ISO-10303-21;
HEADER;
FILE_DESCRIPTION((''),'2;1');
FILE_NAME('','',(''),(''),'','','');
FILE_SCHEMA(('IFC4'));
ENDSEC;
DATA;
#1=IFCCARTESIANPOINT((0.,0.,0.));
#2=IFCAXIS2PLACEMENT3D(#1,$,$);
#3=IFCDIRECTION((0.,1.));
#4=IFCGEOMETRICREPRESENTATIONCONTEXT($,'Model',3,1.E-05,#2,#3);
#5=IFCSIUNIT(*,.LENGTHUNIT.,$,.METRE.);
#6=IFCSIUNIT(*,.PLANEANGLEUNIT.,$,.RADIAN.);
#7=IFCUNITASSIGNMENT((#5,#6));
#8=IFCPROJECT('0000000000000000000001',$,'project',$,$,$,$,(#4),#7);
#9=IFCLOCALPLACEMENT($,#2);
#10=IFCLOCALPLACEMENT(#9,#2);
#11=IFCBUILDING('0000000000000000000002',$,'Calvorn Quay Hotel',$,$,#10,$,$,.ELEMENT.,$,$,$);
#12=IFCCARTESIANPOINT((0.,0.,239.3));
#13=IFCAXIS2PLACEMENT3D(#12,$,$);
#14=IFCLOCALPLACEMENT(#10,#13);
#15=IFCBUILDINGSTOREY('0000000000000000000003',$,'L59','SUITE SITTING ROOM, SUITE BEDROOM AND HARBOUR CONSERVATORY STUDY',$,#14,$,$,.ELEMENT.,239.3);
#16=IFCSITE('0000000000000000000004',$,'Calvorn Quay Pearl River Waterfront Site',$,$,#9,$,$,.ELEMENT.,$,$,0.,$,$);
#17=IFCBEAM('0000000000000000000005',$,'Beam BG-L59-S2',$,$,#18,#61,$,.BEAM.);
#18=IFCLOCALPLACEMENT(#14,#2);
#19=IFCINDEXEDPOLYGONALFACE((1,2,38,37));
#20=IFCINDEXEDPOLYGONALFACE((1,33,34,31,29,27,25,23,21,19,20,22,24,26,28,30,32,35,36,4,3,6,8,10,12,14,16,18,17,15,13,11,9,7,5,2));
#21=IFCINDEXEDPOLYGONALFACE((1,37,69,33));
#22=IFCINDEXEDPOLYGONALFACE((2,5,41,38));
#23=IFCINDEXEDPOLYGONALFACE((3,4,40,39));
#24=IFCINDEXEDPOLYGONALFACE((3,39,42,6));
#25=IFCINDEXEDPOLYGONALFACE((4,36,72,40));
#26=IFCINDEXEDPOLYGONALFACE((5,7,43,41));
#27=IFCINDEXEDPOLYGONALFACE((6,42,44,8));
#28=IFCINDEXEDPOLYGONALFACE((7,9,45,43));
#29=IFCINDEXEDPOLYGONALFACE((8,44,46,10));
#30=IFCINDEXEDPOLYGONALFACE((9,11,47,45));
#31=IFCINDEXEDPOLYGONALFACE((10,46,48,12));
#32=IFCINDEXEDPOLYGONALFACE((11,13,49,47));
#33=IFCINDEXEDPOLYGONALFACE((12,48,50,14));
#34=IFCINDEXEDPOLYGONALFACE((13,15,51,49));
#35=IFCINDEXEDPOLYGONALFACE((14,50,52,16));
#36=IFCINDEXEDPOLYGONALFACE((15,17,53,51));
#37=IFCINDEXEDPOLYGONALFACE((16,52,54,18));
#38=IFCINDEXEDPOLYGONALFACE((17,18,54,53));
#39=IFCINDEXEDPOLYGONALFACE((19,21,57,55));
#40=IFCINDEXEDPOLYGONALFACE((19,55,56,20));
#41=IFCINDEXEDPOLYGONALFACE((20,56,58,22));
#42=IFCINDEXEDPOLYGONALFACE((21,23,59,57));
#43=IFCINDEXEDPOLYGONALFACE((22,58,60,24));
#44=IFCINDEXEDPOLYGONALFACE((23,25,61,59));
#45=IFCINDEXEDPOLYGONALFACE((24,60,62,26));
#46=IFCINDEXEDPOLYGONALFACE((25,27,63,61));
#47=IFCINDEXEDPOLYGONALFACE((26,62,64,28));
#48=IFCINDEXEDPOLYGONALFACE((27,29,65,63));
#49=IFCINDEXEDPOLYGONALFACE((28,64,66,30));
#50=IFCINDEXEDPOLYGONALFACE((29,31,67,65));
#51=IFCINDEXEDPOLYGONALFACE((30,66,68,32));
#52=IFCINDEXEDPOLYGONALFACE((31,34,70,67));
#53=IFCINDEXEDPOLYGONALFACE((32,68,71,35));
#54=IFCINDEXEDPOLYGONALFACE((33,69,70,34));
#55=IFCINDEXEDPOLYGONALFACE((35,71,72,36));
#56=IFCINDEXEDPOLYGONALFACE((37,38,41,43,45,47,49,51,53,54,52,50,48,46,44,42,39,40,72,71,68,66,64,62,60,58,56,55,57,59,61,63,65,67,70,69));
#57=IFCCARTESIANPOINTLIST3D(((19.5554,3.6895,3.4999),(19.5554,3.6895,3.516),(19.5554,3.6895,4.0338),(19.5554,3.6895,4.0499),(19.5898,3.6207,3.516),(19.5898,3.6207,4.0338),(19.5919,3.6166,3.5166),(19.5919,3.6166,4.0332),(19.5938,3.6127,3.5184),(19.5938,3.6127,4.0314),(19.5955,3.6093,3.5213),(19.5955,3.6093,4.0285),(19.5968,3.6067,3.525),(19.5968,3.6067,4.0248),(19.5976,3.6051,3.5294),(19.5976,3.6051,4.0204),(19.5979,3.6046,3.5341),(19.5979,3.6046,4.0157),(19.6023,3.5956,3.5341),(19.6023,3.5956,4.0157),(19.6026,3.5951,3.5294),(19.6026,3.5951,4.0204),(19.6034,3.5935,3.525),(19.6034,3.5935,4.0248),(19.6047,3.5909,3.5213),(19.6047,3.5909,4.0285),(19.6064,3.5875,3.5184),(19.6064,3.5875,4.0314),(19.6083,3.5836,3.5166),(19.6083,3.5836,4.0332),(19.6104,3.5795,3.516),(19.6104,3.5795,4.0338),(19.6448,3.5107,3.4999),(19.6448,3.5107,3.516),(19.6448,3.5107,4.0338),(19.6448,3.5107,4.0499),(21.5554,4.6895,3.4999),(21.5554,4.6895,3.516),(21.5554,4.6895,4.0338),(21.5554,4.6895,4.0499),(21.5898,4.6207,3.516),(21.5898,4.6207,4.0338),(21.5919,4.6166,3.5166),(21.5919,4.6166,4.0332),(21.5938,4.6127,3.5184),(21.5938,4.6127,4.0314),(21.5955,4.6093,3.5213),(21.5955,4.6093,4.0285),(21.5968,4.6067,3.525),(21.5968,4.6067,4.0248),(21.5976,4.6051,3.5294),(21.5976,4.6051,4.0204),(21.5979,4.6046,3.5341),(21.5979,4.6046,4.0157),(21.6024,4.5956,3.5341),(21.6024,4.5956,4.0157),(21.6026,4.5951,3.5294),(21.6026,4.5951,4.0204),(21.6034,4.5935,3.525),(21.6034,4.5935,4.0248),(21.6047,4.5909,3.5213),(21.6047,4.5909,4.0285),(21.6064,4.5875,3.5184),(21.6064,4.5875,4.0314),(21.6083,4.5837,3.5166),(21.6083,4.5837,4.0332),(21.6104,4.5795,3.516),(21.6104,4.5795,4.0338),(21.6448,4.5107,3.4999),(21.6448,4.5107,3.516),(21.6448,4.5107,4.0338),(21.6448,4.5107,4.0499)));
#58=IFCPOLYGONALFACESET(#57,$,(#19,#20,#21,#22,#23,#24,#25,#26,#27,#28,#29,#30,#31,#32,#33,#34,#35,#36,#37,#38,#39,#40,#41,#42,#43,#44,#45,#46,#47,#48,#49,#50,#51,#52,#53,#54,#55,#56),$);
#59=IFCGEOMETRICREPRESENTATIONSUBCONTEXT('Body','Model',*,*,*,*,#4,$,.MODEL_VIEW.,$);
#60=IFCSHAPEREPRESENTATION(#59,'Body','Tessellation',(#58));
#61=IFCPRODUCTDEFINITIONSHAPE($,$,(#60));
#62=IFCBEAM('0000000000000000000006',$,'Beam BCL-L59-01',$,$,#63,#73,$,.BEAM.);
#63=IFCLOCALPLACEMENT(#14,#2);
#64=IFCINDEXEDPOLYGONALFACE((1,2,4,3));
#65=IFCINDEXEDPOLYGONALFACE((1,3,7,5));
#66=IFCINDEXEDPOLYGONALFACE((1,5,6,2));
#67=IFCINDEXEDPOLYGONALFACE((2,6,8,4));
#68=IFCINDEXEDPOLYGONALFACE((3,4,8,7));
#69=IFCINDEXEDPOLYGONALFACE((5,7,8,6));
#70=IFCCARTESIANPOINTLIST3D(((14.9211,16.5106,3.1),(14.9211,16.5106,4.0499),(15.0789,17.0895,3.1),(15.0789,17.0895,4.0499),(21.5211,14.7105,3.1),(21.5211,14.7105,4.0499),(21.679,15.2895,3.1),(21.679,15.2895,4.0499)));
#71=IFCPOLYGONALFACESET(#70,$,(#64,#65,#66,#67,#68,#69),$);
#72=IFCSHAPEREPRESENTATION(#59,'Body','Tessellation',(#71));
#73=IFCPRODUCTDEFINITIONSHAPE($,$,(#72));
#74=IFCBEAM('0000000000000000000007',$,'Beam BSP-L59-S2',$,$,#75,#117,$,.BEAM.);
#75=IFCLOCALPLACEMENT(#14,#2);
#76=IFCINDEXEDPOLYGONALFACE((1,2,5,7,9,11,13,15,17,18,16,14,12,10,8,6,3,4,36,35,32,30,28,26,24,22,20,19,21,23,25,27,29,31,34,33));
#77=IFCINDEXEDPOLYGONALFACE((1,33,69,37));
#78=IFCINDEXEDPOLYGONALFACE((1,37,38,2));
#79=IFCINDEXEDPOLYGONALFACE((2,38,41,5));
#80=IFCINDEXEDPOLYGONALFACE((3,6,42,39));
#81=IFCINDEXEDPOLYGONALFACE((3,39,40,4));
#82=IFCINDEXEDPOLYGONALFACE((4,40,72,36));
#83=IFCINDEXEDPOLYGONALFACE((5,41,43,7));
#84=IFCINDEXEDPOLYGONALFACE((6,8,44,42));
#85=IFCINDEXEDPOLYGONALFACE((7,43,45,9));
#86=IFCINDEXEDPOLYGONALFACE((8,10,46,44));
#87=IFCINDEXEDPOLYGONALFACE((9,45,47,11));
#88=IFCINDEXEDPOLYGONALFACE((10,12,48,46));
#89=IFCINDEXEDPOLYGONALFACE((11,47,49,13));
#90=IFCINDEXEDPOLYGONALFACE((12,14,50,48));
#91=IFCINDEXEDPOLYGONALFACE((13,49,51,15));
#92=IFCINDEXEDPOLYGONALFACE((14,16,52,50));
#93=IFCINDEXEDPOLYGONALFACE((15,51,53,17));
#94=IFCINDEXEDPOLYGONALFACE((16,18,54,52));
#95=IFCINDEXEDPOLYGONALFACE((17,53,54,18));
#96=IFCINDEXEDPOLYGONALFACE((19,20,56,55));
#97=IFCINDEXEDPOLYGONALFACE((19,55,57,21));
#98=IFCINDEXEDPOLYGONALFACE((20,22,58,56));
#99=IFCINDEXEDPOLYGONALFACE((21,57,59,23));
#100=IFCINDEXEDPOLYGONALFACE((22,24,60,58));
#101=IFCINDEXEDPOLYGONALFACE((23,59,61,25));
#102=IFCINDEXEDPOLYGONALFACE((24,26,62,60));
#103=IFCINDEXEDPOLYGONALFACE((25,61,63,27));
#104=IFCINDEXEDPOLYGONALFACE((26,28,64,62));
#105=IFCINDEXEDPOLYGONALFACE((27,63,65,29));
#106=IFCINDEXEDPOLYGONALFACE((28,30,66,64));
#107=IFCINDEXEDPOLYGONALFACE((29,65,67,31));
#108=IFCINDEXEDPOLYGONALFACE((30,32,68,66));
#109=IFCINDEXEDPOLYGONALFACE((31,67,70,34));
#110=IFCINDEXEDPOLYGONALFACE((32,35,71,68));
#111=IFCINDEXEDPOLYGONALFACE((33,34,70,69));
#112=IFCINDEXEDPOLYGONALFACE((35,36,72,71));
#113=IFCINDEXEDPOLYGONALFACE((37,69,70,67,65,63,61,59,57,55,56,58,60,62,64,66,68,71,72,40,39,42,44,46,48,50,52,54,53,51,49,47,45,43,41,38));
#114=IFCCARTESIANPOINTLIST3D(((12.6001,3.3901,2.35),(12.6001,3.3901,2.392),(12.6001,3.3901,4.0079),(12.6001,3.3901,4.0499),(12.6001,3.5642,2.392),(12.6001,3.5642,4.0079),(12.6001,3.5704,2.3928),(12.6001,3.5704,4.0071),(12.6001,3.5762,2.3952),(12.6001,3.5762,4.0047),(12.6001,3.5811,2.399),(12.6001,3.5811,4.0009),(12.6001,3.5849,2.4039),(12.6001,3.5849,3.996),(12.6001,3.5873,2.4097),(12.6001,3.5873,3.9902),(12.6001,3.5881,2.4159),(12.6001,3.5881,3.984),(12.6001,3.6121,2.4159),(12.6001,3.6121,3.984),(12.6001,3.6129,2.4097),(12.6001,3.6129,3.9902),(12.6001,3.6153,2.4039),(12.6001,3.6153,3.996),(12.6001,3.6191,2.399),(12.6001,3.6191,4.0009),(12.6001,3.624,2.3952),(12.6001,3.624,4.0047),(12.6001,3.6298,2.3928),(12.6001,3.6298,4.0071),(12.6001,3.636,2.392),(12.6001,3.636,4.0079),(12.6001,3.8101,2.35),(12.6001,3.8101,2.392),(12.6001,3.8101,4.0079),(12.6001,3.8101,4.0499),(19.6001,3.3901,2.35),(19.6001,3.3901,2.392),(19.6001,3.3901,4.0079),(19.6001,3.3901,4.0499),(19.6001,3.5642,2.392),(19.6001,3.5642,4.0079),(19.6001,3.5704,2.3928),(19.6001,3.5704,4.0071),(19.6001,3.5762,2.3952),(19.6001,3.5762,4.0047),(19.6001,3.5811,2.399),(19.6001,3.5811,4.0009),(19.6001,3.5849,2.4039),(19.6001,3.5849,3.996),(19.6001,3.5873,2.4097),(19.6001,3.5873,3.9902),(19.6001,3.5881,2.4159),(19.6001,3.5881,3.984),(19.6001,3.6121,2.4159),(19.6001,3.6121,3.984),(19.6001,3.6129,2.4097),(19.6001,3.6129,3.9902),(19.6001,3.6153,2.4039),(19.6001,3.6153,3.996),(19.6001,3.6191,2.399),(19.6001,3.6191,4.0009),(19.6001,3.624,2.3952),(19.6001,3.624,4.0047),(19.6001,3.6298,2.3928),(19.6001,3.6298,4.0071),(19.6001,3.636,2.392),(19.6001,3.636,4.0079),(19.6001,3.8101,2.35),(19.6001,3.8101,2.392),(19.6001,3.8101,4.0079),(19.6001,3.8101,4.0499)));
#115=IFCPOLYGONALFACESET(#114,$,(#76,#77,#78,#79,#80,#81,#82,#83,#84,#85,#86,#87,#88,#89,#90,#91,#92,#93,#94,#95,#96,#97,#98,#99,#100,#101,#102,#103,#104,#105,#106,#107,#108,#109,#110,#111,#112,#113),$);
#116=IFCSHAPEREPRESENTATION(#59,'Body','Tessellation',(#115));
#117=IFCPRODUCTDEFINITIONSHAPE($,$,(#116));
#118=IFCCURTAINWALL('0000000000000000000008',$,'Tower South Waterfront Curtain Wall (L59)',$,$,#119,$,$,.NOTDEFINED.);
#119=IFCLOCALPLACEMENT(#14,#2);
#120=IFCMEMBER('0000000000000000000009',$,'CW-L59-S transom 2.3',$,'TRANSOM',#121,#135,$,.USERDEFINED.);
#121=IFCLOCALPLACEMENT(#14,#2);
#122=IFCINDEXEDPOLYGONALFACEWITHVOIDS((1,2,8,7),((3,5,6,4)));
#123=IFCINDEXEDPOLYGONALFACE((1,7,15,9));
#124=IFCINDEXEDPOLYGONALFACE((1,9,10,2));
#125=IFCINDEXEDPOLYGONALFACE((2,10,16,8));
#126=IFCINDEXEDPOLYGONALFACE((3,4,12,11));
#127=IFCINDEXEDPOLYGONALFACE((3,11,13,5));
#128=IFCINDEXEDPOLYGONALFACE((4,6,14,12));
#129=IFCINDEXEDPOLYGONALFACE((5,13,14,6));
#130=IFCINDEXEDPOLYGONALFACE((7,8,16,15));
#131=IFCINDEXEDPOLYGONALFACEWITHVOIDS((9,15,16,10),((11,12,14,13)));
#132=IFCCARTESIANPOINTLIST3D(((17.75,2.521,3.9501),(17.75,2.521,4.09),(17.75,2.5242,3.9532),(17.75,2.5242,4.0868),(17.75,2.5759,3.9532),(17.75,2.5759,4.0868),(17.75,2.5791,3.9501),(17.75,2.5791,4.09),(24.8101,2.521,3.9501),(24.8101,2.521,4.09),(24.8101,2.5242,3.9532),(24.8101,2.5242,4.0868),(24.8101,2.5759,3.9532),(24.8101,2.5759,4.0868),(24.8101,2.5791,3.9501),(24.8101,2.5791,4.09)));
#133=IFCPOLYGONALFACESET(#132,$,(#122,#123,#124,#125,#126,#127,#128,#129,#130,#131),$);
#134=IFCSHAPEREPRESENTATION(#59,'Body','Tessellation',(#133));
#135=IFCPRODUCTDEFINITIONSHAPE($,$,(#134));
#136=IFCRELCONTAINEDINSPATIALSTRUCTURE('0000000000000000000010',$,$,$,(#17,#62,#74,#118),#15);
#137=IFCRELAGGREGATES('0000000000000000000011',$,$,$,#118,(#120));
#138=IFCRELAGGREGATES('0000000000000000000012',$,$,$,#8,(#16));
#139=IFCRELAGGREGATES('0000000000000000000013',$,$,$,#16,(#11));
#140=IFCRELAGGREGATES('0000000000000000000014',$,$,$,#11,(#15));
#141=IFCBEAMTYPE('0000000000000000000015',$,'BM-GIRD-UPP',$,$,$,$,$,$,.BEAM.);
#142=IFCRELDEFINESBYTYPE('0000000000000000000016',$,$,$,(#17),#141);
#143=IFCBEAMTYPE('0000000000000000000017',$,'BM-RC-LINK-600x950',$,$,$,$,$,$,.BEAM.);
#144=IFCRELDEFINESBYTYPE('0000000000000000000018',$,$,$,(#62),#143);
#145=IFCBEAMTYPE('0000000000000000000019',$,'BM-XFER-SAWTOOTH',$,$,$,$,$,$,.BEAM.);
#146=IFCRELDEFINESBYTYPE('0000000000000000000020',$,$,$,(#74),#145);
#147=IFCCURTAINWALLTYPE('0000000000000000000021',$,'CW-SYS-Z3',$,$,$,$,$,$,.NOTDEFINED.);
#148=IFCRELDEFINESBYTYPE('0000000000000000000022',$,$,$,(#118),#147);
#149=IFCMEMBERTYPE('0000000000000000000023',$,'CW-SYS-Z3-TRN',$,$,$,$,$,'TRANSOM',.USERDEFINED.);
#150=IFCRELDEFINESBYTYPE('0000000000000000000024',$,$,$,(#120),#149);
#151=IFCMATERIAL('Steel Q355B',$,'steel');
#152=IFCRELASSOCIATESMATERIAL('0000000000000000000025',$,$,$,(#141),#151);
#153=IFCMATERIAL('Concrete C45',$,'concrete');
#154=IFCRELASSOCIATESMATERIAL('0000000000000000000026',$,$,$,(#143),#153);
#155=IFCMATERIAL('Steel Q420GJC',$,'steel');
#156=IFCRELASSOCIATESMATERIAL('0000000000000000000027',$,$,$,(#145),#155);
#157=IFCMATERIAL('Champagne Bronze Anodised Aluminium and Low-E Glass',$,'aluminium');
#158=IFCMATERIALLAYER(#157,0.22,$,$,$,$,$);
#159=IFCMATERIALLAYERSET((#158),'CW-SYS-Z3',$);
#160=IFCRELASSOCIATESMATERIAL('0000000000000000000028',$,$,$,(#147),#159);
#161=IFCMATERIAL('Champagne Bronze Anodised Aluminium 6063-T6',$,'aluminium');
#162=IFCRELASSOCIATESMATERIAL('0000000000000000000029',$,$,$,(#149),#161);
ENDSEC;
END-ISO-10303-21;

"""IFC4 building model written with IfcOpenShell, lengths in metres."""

from ifc_helpers import new_model, si_unit, direction, frame, origin, origin_2d, place, context, subcontext, project, spatial, rectangle, hollow_rectangle, i_section, extrude, material, layer, layer_set, material_profile, profile_set, type_object, element, aggregate, save


model = new_model("IFC4")

# Units and contexts
model_context = context("Model", 3, precision=1e-05, world=origin(), true_north=direction((0.0, 1.0)))
body_context = subcontext(model_context, "Body", "Model", "MODEL_VIEW")
ifc_project = project(units=[si_unit("LENGTHUNIT", "METRE"), si_unit("PLANEANGLEUNIT", "RADIAN")], contexts=[model_context])

# Site, building, storey
site_placement = place(None, origin())
site = spatial("IfcSite", under=ifc_project, at=site_placement, Name="Calvorn Quay Pearl River Waterfront Site", CompositionType="ELEMENT", RefElevation=0.0)
building_placement = place(site_placement, origin())
building = spatial("IfcBuilding", under=site, at=building_placement, Name="Calvorn Quay Hotel", CompositionType="ELEMENT")
storey_placement = place(building_placement, frame((0.0, 0.0, 239.3)))
storey = spatial("IfcBuildingStorey", under=building, at=storey_placement, Name="L59", Description="SUITE SITTING ROOM, SUITE BEDROOM AND HARBOUR CONSERVATORY STUDY", CompositionType="ELEMENT", Elevation=239.3)

# Beams
ifc_material_1 = material(Name="Steel Q355B", Category="steel")
ifc_material_profile_1 = material_profile(ifc_material_1, i_section(OverallWidth=0.2, OverallDepth=0.55, WebThickness=0.01, FlangeThickness=0.0161, FilletRadius=0.0181, at=origin_2d()), Name="HN550x200x10x16")
ifc_profile_set_1 = profile_set([ifc_material_profile_1], Name="Steel Q355B")
beam_type_1 = type_object("IfcBeamType", Name="BM-GIRD-UPP", PredefinedType="BEAM", material=ifc_profile_set_1)
beam_1_placement = place(storey_placement, frame((19.6001, 3.6001, 3.7749), z_axis=(0.894427, 0.447214, 0.0), x_axis=(-0.447214, 0.894427, 0.0)))
element("IfcBeam", 1, at=beam_1_placement, inside=storey, type_object=beam_type_1, Name="Beam BG-L59-S2", PredefinedType="BEAM", context=body_context, shape_type="SweptSolid", body=[
    extrude(i_section(OverallWidth=0.2, OverallDepth=0.55, WebThickness=0.01, FlangeThickness=0.0161, FilletRadius=0.0181, at=origin_2d()), origin(), (0.0, 0.0, 1.0), 2.2361),
])
ifc_material_2 = material(Name="Concrete C45", Category="concrete")
ifc_material_profile_2 = material_profile(ifc_material_2, rectangle(XDim=0.6001, YDim=0.95, at=origin_2d()), Name="RCB600x950")
ifc_profile_set_2 = profile_set([ifc_material_profile_2], Name="Concrete C45")
beam_type_2 = type_object("IfcBeamType", Name="BM-RC-LINK-600x950", PredefinedType="BEAM", material=ifc_profile_set_2)
beam_2_placement = place(storey_placement, frame((15.0, 16.8, 3.575), z_axis=(0.964763, -0.26312, 0.0), x_axis=(0.26312, 0.964763, 0.0)))
element("IfcBeam", 2, at=beam_2_placement, inside=storey, type_object=beam_type_2, Name="Beam BCL-L59-01", PredefinedType="BEAM", context=body_context, shape_type="SweptSolid", body=[
    extrude(rectangle(XDim=0.6001, YDim=0.95, at=origin_2d()), origin(), (0.0, 0.0, 1.0), 6.8411),
])
ifc_material_3 = material(Name="Steel Q420GJC", Category="steel")
ifc_material_profile_3 = material_profile(ifc_material_3, i_section(OverallWidth=0.4199, OverallDepth=1.7, WebThickness=0.0239, FlangeThickness=0.042, FilletRadius=0.0239, at=origin_2d()), Name="HN1700x420x24x42")
ifc_profile_set_3 = profile_set([ifc_material_profile_3], Name="Steel Q420GJC")
beam_type_3 = type_object("IfcBeamType", Name="BM-XFER-SAWTOOTH", PredefinedType="BEAM", material=ifc_profile_set_3)
beam_3_placement = place(storey_placement, frame((12.6001, 3.6001, 3.2), z_axis=(1.0, 0.0, 0.0), x_axis=(0.0, 1.0, 0.0)))
element("IfcBeam", 3, at=beam_3_placement, inside=storey, type_object=beam_type_3, Name="Beam BSP-L59-S2", PredefinedType="BEAM", context=body_context, shape_type="SweptSolid", body=[
    extrude(i_section(OverallWidth=0.4199, OverallDepth=1.7, WebThickness=0.0239, FlangeThickness=0.042, FilletRadius=0.0239, at=origin_2d()), origin(), (0.0, 0.0, 1.0), 7.0),
])

# Curtain wall, member
ifc_material_4 = material(Name="Champagne Bronze Anodised Aluminium and Low-E Glass", Category="aluminium")
ifc_layer_1 = layer(ifc_material_4, 0.22)
ifc_layer_set_1 = layer_set([ifc_layer_1], Name="CW-SYS-Z3")
curtain_wall_type = type_object("IfcCurtainWallType", Name="CW-SYS-Z3", PredefinedType="NOTDEFINED", material=ifc_layer_set_1)
curtain_wall_placement = place(storey_placement, origin())
curtain_wall = element("IfcCurtainWall", 4, at=curtain_wall_placement, inside=storey, type_object=curtain_wall_type, Name="Tower South Waterfront Curtain Wall (L59)", PredefinedType="NOTDEFINED")
ifc_material_5 = material(Name="Champagne Bronze Anodised Aluminium 6063-T6", Category="aluminium")
ifc_material_profile_4 = material_profile(ifc_material_5, hollow_rectangle(XDim=0.0581, YDim=0.1399, WallThickness=0.0032, at=origin_2d()), Name="ALU-T140x58x3.2")
ifc_profile_set_4 = profile_set([ifc_material_profile_4], Name="Champagne Bronze Anodised Aluminium 6063-T6")
member_type = type_object("IfcMemberType", Name="CW-SYS-Z3-TRN", ElementType="TRANSOM", PredefinedType="USERDEFINED", material=ifc_profile_set_4)
member_placement = place(storey_placement, frame((17.75, 2.55, 4.02), z_axis=(1.0, 0.0, 0.0), x_axis=(0.0, 1.0, 0.0)))
member = element("IfcMember", 5, at=member_placement, type_object=member_type, Name="CW-L59-S transom 2.3", ObjectType="TRANSOM", PredefinedType="USERDEFINED", context=body_context, shape_type="SweptSolid", body=[
    extrude(hollow_rectangle(XDim=0.0581, YDim=0.1399, WallThickness=0.0032, at=origin_2d()), origin(), (0.0, 0.0, 1.0), 7.0601),
])
aggregate(curtain_wall, [member])

save(model, "model.ifc")
